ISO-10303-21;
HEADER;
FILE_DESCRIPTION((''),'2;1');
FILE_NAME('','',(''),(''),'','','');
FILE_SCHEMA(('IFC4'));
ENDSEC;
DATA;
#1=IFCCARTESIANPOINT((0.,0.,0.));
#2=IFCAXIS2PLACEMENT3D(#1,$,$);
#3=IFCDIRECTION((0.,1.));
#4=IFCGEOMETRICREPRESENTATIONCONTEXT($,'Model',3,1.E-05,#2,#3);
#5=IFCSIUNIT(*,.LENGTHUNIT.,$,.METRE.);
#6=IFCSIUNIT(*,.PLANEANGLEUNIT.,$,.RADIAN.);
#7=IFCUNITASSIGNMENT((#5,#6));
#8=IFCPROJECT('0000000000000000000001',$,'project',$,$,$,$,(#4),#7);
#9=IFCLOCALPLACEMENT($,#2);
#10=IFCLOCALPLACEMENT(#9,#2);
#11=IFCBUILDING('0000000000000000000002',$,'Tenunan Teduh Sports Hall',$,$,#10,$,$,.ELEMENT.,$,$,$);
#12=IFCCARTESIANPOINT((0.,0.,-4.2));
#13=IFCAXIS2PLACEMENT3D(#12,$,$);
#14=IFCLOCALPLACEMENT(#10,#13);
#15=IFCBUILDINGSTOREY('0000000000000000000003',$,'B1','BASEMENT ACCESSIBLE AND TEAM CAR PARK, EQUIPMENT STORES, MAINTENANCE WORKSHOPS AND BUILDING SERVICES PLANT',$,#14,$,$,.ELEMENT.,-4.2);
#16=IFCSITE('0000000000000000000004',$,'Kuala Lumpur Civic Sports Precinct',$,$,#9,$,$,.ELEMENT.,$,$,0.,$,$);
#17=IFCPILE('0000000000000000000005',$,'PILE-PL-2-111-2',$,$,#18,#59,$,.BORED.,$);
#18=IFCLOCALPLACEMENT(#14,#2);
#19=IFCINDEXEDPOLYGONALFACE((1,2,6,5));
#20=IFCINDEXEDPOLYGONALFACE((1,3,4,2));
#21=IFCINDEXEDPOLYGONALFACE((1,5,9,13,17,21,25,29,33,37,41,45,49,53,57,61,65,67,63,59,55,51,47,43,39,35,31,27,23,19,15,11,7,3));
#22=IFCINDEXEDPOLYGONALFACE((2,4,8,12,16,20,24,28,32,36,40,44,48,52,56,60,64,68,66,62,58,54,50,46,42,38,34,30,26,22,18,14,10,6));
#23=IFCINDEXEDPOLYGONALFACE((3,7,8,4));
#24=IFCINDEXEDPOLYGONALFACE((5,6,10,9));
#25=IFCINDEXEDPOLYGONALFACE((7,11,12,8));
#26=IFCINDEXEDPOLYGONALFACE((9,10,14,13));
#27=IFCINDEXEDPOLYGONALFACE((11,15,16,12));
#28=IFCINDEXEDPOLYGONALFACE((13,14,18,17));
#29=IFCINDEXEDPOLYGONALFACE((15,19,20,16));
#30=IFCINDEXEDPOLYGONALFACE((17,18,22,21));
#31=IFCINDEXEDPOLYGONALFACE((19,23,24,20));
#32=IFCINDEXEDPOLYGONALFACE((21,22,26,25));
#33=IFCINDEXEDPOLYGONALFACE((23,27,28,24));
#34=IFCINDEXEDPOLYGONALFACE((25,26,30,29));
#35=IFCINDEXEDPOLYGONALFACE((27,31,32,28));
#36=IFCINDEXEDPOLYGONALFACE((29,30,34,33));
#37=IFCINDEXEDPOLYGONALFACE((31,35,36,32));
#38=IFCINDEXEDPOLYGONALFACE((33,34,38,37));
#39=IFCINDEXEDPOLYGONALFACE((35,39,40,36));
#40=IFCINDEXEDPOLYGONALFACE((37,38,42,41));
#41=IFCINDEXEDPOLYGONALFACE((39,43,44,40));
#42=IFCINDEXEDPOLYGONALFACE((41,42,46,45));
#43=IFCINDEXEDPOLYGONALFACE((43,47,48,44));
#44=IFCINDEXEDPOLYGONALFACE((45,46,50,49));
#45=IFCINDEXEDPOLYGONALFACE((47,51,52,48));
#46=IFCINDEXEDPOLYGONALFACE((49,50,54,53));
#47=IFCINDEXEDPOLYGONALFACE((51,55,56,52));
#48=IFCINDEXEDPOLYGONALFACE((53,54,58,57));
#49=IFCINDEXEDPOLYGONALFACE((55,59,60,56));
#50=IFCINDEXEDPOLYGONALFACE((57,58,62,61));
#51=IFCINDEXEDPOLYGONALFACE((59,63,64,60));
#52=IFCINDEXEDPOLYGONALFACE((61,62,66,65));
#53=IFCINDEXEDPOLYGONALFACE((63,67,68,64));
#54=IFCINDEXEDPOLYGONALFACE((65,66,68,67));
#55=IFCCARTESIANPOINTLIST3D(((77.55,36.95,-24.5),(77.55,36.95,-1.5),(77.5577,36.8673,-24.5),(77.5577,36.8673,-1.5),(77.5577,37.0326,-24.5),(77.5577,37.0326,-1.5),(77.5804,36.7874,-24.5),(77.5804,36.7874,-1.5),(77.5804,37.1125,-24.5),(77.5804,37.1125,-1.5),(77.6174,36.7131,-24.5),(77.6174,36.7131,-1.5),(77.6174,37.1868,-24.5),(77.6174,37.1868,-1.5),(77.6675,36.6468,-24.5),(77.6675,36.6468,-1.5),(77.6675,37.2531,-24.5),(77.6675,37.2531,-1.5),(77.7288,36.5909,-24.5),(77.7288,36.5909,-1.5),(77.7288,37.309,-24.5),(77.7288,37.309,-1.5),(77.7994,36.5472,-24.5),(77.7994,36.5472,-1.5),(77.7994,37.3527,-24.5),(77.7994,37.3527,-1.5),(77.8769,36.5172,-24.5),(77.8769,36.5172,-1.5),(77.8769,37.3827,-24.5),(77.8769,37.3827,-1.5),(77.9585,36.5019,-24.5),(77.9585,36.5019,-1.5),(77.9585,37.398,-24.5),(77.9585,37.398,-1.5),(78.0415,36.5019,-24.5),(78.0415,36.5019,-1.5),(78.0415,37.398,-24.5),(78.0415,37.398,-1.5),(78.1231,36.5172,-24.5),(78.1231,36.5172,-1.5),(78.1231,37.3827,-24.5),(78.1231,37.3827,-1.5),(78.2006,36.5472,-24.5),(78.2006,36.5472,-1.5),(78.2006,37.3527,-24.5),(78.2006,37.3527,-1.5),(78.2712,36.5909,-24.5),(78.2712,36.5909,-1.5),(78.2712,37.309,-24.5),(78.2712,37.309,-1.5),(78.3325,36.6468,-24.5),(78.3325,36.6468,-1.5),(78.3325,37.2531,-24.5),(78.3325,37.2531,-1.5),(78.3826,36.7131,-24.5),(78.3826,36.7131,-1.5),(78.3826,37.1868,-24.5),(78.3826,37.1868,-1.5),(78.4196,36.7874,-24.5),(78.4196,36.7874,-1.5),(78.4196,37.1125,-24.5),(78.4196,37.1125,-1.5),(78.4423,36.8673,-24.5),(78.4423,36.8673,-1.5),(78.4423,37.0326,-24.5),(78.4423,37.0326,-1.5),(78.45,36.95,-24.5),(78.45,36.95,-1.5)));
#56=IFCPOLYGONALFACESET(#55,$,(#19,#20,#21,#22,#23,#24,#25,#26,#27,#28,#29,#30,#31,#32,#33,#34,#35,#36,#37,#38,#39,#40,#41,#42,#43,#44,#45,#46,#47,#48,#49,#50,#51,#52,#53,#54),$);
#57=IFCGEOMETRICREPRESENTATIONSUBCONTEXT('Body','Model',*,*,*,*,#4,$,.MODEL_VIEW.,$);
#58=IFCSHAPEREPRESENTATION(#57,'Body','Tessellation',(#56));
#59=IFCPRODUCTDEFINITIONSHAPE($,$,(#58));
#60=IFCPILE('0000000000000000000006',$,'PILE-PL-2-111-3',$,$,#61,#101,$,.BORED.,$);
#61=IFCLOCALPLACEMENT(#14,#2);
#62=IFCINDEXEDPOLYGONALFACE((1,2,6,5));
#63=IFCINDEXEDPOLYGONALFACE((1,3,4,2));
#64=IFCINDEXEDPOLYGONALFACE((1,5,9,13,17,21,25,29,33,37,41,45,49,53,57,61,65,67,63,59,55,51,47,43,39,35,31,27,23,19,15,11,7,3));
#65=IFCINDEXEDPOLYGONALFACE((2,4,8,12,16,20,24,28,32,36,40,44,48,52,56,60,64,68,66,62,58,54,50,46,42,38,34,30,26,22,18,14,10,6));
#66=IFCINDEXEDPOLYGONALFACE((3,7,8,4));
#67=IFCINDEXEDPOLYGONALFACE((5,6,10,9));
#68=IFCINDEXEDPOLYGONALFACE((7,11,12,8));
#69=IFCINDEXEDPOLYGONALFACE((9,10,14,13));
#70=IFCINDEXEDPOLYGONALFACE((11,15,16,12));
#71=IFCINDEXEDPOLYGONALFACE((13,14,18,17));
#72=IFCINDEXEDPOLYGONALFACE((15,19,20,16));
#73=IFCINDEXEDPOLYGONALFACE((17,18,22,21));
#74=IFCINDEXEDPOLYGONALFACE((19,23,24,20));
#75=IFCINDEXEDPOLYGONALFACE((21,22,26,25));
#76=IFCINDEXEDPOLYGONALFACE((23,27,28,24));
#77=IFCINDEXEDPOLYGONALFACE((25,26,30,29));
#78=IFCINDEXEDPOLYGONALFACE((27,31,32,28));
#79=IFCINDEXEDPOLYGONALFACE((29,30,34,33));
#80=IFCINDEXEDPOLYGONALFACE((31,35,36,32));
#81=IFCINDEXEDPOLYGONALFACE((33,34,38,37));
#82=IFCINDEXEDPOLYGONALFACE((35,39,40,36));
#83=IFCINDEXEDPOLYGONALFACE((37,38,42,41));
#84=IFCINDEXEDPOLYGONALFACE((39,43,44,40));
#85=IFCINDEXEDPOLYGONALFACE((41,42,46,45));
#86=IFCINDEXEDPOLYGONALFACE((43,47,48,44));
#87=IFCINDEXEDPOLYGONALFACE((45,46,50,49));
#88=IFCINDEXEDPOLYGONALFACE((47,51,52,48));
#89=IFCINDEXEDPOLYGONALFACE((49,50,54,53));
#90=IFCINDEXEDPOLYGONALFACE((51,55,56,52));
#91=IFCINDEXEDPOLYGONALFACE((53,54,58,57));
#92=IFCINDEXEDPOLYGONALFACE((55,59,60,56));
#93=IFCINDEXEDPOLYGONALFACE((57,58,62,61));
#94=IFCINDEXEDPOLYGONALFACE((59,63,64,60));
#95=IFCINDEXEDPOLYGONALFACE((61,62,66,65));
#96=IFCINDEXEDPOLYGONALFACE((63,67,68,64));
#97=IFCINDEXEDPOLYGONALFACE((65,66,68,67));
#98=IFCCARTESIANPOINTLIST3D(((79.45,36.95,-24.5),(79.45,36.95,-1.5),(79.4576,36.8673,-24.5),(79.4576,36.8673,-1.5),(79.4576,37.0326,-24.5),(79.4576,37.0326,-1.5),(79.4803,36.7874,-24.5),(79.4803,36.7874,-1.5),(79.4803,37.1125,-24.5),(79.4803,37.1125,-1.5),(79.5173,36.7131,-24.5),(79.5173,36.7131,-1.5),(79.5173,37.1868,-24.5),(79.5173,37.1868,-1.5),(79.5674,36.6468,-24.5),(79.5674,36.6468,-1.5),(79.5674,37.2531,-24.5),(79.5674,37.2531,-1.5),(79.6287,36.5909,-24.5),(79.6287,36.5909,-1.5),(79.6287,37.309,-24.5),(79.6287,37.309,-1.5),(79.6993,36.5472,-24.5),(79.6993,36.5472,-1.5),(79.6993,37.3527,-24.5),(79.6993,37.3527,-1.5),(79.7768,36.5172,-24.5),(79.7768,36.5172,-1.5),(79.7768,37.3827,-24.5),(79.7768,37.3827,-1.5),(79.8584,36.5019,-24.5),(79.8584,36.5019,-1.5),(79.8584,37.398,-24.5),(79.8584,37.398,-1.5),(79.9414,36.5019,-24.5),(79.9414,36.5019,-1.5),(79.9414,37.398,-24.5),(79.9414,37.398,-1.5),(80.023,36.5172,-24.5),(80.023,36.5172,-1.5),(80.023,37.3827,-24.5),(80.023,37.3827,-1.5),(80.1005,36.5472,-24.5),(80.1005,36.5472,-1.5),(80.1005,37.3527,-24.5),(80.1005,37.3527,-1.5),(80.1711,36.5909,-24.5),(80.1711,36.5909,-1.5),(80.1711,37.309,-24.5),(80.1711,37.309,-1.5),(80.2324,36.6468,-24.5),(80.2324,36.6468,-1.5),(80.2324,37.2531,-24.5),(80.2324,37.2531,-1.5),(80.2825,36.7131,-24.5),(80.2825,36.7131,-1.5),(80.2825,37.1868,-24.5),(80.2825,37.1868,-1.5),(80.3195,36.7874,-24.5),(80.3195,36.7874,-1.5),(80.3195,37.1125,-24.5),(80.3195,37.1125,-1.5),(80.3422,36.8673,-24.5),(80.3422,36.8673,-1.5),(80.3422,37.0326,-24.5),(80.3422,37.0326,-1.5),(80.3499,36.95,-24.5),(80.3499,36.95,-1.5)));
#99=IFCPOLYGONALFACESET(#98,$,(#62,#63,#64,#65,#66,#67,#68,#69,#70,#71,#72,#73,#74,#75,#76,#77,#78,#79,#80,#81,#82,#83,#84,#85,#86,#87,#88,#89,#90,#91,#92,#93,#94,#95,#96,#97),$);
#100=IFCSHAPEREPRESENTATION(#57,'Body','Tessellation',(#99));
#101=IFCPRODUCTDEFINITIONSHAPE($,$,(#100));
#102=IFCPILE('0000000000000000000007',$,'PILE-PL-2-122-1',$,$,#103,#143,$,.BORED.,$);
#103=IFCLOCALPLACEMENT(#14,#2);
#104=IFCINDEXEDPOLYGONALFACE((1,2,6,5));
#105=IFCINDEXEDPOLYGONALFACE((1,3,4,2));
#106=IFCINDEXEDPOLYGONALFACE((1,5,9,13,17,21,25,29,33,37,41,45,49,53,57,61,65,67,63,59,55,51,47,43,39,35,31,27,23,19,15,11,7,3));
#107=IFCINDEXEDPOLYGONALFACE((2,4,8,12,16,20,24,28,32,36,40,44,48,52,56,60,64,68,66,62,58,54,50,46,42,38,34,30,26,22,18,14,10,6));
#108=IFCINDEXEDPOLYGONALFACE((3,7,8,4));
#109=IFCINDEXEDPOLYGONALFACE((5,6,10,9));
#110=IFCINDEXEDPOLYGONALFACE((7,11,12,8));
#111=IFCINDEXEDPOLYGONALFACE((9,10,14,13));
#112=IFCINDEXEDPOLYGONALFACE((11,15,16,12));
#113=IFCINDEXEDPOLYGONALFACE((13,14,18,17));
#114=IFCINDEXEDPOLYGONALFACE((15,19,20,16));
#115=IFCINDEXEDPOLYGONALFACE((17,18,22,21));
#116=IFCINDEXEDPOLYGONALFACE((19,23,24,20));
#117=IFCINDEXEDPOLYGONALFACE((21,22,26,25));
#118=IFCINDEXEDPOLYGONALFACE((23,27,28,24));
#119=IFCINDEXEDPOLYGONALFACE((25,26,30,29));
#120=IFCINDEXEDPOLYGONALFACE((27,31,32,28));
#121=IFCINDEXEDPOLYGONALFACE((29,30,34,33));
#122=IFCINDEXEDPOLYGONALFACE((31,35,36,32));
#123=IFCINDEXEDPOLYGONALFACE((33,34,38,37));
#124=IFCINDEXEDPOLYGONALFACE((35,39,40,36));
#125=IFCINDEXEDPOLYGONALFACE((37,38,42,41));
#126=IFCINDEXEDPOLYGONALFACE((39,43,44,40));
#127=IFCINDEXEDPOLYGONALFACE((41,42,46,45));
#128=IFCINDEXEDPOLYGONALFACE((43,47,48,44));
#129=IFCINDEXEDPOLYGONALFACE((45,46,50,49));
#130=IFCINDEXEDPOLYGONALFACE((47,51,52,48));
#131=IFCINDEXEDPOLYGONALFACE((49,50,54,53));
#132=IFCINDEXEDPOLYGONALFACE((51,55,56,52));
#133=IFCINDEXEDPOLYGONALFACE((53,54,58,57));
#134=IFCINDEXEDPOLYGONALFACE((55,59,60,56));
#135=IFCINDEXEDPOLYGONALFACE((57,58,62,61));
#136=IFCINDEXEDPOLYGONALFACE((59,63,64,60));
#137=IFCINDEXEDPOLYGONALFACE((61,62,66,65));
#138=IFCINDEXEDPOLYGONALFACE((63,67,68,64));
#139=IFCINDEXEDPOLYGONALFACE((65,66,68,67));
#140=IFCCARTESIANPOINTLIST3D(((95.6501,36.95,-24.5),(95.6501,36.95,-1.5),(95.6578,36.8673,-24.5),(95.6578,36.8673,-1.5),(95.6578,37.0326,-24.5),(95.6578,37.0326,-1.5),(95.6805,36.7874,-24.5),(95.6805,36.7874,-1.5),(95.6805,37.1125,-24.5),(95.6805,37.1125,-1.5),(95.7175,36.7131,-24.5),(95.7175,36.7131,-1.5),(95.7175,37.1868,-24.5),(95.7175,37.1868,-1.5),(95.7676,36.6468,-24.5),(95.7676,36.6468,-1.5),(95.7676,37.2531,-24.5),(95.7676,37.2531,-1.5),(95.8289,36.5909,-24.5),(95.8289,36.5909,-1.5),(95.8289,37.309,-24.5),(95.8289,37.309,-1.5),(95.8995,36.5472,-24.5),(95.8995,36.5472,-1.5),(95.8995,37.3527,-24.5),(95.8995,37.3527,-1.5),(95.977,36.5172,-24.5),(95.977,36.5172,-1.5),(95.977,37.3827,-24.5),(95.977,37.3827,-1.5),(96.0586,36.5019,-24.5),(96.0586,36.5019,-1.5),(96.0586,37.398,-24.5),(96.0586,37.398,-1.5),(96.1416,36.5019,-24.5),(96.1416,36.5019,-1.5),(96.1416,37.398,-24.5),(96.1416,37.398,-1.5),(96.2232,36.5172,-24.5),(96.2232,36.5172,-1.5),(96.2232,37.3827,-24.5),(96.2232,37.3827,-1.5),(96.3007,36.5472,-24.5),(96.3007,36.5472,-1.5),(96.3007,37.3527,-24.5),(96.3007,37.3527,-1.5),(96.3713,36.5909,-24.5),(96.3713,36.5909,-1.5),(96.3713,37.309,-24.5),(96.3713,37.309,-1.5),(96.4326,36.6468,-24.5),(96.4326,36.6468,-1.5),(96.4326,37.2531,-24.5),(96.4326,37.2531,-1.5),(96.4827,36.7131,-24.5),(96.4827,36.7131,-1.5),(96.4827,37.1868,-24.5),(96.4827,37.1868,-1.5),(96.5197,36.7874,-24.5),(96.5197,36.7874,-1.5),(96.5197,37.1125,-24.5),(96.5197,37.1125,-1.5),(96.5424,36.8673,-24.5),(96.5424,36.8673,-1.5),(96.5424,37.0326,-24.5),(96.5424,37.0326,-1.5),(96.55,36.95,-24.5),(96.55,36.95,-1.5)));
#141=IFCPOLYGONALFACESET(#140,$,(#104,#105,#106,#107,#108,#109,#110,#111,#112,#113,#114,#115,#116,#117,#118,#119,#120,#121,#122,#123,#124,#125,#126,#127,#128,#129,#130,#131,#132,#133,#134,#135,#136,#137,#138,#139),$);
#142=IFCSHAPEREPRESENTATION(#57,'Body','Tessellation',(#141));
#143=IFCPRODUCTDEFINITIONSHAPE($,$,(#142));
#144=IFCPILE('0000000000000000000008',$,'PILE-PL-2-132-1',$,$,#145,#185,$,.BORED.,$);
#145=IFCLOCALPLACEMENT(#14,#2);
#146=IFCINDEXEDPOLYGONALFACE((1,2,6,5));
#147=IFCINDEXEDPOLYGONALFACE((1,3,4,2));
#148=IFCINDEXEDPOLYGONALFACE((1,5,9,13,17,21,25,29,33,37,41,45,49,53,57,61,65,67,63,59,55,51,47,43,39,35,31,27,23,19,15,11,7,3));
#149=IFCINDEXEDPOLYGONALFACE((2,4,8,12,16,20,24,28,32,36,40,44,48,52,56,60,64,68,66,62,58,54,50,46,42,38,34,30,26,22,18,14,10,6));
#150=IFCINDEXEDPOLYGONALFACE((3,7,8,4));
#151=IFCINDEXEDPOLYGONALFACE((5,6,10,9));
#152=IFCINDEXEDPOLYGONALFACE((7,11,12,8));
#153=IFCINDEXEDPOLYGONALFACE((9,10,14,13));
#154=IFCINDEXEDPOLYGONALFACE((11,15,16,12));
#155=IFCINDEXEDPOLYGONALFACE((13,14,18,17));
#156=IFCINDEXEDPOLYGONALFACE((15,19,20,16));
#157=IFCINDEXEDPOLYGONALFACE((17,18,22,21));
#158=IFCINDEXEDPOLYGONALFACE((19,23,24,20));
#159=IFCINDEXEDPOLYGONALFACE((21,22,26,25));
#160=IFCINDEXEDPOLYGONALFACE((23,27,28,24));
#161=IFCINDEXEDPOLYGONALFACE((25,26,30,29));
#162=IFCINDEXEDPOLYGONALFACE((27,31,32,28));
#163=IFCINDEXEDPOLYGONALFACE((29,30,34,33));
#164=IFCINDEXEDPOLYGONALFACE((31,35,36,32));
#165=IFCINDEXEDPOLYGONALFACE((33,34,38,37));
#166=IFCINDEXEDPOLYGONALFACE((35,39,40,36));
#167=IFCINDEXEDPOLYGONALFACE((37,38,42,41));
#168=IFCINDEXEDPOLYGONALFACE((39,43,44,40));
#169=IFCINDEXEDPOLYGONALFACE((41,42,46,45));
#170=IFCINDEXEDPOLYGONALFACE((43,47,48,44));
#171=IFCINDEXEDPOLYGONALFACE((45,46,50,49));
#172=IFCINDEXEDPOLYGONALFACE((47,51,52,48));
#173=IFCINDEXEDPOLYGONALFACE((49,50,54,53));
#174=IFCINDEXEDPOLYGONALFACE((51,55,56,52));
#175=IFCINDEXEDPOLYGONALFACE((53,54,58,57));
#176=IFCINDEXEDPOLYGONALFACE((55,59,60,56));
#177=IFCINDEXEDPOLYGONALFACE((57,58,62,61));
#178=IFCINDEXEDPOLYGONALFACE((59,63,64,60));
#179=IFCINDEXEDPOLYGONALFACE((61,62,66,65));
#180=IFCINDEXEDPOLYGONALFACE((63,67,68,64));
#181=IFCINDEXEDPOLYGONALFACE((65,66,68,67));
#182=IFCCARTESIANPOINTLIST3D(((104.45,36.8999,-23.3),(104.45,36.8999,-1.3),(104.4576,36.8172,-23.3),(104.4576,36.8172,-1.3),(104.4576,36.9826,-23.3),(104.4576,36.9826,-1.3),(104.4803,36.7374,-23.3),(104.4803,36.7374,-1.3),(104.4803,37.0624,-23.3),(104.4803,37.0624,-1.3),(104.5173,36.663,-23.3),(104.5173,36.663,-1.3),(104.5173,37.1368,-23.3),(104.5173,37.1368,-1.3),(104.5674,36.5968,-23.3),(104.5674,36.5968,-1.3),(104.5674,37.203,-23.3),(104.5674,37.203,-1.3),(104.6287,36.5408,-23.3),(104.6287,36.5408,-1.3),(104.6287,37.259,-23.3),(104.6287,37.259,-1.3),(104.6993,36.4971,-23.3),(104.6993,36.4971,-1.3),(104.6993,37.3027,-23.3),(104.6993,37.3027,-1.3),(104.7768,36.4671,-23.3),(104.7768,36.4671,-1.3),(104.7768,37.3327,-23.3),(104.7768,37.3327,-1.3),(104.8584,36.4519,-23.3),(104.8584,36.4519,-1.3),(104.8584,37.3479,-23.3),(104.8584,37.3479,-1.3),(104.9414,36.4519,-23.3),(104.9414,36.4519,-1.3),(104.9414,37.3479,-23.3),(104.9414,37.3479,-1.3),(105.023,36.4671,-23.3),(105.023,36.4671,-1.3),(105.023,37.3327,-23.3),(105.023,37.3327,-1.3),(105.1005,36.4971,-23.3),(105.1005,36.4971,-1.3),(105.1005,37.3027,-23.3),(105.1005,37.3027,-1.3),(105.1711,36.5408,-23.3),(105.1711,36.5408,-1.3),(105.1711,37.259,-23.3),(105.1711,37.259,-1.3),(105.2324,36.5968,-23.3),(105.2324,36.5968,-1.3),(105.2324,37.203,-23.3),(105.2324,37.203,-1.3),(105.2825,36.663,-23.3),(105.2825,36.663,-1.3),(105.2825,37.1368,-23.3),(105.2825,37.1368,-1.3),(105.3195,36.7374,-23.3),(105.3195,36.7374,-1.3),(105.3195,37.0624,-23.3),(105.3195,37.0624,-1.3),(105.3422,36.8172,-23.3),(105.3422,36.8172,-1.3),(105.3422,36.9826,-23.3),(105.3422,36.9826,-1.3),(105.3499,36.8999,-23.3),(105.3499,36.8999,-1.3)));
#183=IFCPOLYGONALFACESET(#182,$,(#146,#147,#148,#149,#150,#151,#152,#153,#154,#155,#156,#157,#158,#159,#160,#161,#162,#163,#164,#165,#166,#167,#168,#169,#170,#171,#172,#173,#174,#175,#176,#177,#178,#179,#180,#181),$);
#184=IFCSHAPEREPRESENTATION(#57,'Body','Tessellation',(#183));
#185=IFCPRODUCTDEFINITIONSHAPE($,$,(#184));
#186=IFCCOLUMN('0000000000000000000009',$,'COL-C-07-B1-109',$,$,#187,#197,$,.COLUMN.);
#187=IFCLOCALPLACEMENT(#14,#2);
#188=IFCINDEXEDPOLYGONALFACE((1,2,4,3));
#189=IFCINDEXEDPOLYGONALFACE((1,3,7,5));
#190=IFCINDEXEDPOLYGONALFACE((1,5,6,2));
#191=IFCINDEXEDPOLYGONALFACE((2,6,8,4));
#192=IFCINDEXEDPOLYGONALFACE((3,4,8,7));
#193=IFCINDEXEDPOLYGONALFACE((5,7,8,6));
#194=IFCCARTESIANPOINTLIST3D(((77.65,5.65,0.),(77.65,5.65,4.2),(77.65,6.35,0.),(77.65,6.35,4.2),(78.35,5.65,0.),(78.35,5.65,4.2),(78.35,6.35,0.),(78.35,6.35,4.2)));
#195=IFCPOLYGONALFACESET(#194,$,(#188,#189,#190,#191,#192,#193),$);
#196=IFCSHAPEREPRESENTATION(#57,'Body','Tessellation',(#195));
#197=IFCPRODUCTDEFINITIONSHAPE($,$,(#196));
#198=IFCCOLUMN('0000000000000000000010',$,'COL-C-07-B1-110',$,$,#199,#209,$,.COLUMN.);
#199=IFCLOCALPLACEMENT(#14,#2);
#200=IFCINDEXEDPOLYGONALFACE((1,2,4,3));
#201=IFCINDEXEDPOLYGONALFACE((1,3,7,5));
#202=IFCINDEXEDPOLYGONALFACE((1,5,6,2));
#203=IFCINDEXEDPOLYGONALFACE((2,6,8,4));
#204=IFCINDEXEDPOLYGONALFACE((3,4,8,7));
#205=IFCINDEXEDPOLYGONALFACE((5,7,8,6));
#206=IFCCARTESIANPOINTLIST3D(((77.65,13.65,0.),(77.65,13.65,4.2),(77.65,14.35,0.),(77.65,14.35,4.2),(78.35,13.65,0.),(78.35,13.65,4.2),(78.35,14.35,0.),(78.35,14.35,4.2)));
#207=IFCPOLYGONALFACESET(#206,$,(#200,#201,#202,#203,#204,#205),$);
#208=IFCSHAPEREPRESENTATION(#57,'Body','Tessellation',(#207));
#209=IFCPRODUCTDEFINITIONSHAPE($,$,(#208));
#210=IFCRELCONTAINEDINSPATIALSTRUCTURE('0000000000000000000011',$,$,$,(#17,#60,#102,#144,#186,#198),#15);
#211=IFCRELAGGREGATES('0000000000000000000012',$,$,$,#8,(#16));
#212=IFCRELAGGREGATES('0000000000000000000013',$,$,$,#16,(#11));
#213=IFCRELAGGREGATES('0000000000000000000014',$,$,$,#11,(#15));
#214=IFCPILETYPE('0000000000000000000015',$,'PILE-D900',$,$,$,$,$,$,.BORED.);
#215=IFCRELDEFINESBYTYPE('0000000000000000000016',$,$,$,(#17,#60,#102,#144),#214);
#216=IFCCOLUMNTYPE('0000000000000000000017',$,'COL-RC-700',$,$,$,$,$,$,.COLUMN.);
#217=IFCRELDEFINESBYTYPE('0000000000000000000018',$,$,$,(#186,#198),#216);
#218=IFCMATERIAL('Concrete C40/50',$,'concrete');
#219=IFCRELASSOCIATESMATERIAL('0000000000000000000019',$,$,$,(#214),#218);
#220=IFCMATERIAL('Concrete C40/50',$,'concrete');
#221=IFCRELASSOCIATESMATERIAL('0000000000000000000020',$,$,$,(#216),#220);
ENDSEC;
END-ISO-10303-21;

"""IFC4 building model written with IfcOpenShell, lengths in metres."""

from ifc_helpers import new_model, si_unit, direction, frame, origin, origin_2d, place, context, subcontext, project, spatial, rectangle, circle, extrude, material, material_profile, profile_set, type_object, element, save


model = new_model("IFC4")

# Units and contexts
model_context = context("Model", 3, precision=1e-05, world=origin(), true_north=direction((0.0, 1.0)))
body_context = subcontext(model_context, "Body", "Model", "MODEL_VIEW")
ifc_project = project(units=[si_unit("LENGTHUNIT", "METRE"), si_unit("PLANEANGLEUNIT", "RADIAN")], contexts=[model_context])

# Site, building, storey
site_placement = place(None, origin())
site = spatial("IfcSite", under=ifc_project, at=site_placement, Name="Kuala Lumpur Civic Sports Precinct", CompositionType="ELEMENT", RefElevation=0.0)
building_placement = place(site_placement, origin())
building = spatial("IfcBuilding", under=site, at=building_placement, Name="Tenunan Teduh Sports Hall", CompositionType="ELEMENT")
storey_placement = place(building_placement, frame((0.0, 0.0, -4.2)))
storey = spatial("IfcBuildingStorey", under=building, at=storey_placement, Name="B1", Description="BASEMENT ACCESSIBLE AND TEAM CAR PARK, EQUIPMENT STORES, MAINTENANCE WORKSHOPS AND BUILDING SERVICES PLANT", CompositionType="ELEMENT", Elevation=-4.2)

# Piles
ifc_material_1 = material(Name="Concrete C40/50", Category="concrete")
ifc_material_profile_1 = material_profile(ifc_material_1, circle(Radius=0.45, at=origin_2d()), Name="PILE D900")
ifc_profile_set_1 = profile_set([ifc_material_profile_1], Name="Concrete C40/50")
pile_type_1 = type_object("IfcPileType", Name="PILE-D900", PredefinedType="BORED", material=ifc_profile_set_1)
for number, where, z_axis, x_axis, name in (
    (1, (78.0, 36.95, -1.5), (0.0, 0.0, -1.0), (1.0, 0.0, 0.0), "PILE-PL-2-111-2"),
    (2, (79.8999, 36.95, -1.5), (0.0, 0.0, -1.0), (1.0, 0.0, 0.0), "PILE-PL-2-111-3"),
    (3, (96.1001, 36.95, -1.5), (0.0, 0.0, -1.0), (1.0, 0.0, 0.0), "PILE-PL-2-122-1"),
):
    element("IfcPile", number, at=place(storey_placement, frame(where, z_axis=z_axis, x_axis=x_axis)), inside=storey, type_object=pile_type_1, Name=name, PredefinedType="BORED", context=body_context, shape_type="SweptSolid", body=[
        extrude(circle(Radius=0.45, at=origin_2d()), origin(), (0.0, 0.0, 1.0), 23.0),
    ])
pile_placement = place(storey_placement, frame((104.8999, 36.8999, -1.3), z_axis=(0.0, 0.0, -1.0), x_axis=(1.0, 0.0, 0.0)))
element("IfcPile", 4, at=pile_placement, inside=storey, type_object=pile_type_1, Name="PILE-PL-2-132-1", PredefinedType="BORED", context=body_context, shape_type="SweptSolid", body=[
    extrude(circle(Radius=0.45, at=origin_2d()), origin(), (0.0, 0.0, 1.0), 22.0),
])

# Columns
ifc_material_2 = material(Name="Concrete C40/50", Category="concrete")
ifc_material_profile_2 = material_profile(ifc_material_2, rectangle(XDim=0.7, YDim=0.7, at=origin_2d()), Name="RC 700x700")
ifc_profile_set_2 = profile_set([ifc_material_profile_2], Name="Concrete C40/50")
column_type = type_object("IfcColumnType", Name="COL-RC-700", PredefinedType="COLUMN", material=ifc_profile_set_2)
for number, where, z_axis, x_axis, name in (
    (5, (78.0, 6.0, 0.0), (0.0, 0.0, 1.0), (1.0, 0.0, 0.0), "COL-C-07-B1-109"),
    (6, (78.0, 14.0, 0.0), (0.0, 0.0, 1.0), (1.0, 0.0, 0.0), "COL-C-07-B1-110"),
):
    element("IfcColumn", number, at=place(storey_placement, frame(where, z_axis=z_axis, x_axis=x_axis)), inside=storey, type_object=column_type, Name=name, PredefinedType="COLUMN", context=body_context, shape_type="SweptSolid", body=[
        extrude(rectangle(XDim=0.7, YDim=0.7, at=origin_2d()), origin(), (0.0, 0.0, 1.0), 4.2),
    ])

save(model, "model.ifc")
